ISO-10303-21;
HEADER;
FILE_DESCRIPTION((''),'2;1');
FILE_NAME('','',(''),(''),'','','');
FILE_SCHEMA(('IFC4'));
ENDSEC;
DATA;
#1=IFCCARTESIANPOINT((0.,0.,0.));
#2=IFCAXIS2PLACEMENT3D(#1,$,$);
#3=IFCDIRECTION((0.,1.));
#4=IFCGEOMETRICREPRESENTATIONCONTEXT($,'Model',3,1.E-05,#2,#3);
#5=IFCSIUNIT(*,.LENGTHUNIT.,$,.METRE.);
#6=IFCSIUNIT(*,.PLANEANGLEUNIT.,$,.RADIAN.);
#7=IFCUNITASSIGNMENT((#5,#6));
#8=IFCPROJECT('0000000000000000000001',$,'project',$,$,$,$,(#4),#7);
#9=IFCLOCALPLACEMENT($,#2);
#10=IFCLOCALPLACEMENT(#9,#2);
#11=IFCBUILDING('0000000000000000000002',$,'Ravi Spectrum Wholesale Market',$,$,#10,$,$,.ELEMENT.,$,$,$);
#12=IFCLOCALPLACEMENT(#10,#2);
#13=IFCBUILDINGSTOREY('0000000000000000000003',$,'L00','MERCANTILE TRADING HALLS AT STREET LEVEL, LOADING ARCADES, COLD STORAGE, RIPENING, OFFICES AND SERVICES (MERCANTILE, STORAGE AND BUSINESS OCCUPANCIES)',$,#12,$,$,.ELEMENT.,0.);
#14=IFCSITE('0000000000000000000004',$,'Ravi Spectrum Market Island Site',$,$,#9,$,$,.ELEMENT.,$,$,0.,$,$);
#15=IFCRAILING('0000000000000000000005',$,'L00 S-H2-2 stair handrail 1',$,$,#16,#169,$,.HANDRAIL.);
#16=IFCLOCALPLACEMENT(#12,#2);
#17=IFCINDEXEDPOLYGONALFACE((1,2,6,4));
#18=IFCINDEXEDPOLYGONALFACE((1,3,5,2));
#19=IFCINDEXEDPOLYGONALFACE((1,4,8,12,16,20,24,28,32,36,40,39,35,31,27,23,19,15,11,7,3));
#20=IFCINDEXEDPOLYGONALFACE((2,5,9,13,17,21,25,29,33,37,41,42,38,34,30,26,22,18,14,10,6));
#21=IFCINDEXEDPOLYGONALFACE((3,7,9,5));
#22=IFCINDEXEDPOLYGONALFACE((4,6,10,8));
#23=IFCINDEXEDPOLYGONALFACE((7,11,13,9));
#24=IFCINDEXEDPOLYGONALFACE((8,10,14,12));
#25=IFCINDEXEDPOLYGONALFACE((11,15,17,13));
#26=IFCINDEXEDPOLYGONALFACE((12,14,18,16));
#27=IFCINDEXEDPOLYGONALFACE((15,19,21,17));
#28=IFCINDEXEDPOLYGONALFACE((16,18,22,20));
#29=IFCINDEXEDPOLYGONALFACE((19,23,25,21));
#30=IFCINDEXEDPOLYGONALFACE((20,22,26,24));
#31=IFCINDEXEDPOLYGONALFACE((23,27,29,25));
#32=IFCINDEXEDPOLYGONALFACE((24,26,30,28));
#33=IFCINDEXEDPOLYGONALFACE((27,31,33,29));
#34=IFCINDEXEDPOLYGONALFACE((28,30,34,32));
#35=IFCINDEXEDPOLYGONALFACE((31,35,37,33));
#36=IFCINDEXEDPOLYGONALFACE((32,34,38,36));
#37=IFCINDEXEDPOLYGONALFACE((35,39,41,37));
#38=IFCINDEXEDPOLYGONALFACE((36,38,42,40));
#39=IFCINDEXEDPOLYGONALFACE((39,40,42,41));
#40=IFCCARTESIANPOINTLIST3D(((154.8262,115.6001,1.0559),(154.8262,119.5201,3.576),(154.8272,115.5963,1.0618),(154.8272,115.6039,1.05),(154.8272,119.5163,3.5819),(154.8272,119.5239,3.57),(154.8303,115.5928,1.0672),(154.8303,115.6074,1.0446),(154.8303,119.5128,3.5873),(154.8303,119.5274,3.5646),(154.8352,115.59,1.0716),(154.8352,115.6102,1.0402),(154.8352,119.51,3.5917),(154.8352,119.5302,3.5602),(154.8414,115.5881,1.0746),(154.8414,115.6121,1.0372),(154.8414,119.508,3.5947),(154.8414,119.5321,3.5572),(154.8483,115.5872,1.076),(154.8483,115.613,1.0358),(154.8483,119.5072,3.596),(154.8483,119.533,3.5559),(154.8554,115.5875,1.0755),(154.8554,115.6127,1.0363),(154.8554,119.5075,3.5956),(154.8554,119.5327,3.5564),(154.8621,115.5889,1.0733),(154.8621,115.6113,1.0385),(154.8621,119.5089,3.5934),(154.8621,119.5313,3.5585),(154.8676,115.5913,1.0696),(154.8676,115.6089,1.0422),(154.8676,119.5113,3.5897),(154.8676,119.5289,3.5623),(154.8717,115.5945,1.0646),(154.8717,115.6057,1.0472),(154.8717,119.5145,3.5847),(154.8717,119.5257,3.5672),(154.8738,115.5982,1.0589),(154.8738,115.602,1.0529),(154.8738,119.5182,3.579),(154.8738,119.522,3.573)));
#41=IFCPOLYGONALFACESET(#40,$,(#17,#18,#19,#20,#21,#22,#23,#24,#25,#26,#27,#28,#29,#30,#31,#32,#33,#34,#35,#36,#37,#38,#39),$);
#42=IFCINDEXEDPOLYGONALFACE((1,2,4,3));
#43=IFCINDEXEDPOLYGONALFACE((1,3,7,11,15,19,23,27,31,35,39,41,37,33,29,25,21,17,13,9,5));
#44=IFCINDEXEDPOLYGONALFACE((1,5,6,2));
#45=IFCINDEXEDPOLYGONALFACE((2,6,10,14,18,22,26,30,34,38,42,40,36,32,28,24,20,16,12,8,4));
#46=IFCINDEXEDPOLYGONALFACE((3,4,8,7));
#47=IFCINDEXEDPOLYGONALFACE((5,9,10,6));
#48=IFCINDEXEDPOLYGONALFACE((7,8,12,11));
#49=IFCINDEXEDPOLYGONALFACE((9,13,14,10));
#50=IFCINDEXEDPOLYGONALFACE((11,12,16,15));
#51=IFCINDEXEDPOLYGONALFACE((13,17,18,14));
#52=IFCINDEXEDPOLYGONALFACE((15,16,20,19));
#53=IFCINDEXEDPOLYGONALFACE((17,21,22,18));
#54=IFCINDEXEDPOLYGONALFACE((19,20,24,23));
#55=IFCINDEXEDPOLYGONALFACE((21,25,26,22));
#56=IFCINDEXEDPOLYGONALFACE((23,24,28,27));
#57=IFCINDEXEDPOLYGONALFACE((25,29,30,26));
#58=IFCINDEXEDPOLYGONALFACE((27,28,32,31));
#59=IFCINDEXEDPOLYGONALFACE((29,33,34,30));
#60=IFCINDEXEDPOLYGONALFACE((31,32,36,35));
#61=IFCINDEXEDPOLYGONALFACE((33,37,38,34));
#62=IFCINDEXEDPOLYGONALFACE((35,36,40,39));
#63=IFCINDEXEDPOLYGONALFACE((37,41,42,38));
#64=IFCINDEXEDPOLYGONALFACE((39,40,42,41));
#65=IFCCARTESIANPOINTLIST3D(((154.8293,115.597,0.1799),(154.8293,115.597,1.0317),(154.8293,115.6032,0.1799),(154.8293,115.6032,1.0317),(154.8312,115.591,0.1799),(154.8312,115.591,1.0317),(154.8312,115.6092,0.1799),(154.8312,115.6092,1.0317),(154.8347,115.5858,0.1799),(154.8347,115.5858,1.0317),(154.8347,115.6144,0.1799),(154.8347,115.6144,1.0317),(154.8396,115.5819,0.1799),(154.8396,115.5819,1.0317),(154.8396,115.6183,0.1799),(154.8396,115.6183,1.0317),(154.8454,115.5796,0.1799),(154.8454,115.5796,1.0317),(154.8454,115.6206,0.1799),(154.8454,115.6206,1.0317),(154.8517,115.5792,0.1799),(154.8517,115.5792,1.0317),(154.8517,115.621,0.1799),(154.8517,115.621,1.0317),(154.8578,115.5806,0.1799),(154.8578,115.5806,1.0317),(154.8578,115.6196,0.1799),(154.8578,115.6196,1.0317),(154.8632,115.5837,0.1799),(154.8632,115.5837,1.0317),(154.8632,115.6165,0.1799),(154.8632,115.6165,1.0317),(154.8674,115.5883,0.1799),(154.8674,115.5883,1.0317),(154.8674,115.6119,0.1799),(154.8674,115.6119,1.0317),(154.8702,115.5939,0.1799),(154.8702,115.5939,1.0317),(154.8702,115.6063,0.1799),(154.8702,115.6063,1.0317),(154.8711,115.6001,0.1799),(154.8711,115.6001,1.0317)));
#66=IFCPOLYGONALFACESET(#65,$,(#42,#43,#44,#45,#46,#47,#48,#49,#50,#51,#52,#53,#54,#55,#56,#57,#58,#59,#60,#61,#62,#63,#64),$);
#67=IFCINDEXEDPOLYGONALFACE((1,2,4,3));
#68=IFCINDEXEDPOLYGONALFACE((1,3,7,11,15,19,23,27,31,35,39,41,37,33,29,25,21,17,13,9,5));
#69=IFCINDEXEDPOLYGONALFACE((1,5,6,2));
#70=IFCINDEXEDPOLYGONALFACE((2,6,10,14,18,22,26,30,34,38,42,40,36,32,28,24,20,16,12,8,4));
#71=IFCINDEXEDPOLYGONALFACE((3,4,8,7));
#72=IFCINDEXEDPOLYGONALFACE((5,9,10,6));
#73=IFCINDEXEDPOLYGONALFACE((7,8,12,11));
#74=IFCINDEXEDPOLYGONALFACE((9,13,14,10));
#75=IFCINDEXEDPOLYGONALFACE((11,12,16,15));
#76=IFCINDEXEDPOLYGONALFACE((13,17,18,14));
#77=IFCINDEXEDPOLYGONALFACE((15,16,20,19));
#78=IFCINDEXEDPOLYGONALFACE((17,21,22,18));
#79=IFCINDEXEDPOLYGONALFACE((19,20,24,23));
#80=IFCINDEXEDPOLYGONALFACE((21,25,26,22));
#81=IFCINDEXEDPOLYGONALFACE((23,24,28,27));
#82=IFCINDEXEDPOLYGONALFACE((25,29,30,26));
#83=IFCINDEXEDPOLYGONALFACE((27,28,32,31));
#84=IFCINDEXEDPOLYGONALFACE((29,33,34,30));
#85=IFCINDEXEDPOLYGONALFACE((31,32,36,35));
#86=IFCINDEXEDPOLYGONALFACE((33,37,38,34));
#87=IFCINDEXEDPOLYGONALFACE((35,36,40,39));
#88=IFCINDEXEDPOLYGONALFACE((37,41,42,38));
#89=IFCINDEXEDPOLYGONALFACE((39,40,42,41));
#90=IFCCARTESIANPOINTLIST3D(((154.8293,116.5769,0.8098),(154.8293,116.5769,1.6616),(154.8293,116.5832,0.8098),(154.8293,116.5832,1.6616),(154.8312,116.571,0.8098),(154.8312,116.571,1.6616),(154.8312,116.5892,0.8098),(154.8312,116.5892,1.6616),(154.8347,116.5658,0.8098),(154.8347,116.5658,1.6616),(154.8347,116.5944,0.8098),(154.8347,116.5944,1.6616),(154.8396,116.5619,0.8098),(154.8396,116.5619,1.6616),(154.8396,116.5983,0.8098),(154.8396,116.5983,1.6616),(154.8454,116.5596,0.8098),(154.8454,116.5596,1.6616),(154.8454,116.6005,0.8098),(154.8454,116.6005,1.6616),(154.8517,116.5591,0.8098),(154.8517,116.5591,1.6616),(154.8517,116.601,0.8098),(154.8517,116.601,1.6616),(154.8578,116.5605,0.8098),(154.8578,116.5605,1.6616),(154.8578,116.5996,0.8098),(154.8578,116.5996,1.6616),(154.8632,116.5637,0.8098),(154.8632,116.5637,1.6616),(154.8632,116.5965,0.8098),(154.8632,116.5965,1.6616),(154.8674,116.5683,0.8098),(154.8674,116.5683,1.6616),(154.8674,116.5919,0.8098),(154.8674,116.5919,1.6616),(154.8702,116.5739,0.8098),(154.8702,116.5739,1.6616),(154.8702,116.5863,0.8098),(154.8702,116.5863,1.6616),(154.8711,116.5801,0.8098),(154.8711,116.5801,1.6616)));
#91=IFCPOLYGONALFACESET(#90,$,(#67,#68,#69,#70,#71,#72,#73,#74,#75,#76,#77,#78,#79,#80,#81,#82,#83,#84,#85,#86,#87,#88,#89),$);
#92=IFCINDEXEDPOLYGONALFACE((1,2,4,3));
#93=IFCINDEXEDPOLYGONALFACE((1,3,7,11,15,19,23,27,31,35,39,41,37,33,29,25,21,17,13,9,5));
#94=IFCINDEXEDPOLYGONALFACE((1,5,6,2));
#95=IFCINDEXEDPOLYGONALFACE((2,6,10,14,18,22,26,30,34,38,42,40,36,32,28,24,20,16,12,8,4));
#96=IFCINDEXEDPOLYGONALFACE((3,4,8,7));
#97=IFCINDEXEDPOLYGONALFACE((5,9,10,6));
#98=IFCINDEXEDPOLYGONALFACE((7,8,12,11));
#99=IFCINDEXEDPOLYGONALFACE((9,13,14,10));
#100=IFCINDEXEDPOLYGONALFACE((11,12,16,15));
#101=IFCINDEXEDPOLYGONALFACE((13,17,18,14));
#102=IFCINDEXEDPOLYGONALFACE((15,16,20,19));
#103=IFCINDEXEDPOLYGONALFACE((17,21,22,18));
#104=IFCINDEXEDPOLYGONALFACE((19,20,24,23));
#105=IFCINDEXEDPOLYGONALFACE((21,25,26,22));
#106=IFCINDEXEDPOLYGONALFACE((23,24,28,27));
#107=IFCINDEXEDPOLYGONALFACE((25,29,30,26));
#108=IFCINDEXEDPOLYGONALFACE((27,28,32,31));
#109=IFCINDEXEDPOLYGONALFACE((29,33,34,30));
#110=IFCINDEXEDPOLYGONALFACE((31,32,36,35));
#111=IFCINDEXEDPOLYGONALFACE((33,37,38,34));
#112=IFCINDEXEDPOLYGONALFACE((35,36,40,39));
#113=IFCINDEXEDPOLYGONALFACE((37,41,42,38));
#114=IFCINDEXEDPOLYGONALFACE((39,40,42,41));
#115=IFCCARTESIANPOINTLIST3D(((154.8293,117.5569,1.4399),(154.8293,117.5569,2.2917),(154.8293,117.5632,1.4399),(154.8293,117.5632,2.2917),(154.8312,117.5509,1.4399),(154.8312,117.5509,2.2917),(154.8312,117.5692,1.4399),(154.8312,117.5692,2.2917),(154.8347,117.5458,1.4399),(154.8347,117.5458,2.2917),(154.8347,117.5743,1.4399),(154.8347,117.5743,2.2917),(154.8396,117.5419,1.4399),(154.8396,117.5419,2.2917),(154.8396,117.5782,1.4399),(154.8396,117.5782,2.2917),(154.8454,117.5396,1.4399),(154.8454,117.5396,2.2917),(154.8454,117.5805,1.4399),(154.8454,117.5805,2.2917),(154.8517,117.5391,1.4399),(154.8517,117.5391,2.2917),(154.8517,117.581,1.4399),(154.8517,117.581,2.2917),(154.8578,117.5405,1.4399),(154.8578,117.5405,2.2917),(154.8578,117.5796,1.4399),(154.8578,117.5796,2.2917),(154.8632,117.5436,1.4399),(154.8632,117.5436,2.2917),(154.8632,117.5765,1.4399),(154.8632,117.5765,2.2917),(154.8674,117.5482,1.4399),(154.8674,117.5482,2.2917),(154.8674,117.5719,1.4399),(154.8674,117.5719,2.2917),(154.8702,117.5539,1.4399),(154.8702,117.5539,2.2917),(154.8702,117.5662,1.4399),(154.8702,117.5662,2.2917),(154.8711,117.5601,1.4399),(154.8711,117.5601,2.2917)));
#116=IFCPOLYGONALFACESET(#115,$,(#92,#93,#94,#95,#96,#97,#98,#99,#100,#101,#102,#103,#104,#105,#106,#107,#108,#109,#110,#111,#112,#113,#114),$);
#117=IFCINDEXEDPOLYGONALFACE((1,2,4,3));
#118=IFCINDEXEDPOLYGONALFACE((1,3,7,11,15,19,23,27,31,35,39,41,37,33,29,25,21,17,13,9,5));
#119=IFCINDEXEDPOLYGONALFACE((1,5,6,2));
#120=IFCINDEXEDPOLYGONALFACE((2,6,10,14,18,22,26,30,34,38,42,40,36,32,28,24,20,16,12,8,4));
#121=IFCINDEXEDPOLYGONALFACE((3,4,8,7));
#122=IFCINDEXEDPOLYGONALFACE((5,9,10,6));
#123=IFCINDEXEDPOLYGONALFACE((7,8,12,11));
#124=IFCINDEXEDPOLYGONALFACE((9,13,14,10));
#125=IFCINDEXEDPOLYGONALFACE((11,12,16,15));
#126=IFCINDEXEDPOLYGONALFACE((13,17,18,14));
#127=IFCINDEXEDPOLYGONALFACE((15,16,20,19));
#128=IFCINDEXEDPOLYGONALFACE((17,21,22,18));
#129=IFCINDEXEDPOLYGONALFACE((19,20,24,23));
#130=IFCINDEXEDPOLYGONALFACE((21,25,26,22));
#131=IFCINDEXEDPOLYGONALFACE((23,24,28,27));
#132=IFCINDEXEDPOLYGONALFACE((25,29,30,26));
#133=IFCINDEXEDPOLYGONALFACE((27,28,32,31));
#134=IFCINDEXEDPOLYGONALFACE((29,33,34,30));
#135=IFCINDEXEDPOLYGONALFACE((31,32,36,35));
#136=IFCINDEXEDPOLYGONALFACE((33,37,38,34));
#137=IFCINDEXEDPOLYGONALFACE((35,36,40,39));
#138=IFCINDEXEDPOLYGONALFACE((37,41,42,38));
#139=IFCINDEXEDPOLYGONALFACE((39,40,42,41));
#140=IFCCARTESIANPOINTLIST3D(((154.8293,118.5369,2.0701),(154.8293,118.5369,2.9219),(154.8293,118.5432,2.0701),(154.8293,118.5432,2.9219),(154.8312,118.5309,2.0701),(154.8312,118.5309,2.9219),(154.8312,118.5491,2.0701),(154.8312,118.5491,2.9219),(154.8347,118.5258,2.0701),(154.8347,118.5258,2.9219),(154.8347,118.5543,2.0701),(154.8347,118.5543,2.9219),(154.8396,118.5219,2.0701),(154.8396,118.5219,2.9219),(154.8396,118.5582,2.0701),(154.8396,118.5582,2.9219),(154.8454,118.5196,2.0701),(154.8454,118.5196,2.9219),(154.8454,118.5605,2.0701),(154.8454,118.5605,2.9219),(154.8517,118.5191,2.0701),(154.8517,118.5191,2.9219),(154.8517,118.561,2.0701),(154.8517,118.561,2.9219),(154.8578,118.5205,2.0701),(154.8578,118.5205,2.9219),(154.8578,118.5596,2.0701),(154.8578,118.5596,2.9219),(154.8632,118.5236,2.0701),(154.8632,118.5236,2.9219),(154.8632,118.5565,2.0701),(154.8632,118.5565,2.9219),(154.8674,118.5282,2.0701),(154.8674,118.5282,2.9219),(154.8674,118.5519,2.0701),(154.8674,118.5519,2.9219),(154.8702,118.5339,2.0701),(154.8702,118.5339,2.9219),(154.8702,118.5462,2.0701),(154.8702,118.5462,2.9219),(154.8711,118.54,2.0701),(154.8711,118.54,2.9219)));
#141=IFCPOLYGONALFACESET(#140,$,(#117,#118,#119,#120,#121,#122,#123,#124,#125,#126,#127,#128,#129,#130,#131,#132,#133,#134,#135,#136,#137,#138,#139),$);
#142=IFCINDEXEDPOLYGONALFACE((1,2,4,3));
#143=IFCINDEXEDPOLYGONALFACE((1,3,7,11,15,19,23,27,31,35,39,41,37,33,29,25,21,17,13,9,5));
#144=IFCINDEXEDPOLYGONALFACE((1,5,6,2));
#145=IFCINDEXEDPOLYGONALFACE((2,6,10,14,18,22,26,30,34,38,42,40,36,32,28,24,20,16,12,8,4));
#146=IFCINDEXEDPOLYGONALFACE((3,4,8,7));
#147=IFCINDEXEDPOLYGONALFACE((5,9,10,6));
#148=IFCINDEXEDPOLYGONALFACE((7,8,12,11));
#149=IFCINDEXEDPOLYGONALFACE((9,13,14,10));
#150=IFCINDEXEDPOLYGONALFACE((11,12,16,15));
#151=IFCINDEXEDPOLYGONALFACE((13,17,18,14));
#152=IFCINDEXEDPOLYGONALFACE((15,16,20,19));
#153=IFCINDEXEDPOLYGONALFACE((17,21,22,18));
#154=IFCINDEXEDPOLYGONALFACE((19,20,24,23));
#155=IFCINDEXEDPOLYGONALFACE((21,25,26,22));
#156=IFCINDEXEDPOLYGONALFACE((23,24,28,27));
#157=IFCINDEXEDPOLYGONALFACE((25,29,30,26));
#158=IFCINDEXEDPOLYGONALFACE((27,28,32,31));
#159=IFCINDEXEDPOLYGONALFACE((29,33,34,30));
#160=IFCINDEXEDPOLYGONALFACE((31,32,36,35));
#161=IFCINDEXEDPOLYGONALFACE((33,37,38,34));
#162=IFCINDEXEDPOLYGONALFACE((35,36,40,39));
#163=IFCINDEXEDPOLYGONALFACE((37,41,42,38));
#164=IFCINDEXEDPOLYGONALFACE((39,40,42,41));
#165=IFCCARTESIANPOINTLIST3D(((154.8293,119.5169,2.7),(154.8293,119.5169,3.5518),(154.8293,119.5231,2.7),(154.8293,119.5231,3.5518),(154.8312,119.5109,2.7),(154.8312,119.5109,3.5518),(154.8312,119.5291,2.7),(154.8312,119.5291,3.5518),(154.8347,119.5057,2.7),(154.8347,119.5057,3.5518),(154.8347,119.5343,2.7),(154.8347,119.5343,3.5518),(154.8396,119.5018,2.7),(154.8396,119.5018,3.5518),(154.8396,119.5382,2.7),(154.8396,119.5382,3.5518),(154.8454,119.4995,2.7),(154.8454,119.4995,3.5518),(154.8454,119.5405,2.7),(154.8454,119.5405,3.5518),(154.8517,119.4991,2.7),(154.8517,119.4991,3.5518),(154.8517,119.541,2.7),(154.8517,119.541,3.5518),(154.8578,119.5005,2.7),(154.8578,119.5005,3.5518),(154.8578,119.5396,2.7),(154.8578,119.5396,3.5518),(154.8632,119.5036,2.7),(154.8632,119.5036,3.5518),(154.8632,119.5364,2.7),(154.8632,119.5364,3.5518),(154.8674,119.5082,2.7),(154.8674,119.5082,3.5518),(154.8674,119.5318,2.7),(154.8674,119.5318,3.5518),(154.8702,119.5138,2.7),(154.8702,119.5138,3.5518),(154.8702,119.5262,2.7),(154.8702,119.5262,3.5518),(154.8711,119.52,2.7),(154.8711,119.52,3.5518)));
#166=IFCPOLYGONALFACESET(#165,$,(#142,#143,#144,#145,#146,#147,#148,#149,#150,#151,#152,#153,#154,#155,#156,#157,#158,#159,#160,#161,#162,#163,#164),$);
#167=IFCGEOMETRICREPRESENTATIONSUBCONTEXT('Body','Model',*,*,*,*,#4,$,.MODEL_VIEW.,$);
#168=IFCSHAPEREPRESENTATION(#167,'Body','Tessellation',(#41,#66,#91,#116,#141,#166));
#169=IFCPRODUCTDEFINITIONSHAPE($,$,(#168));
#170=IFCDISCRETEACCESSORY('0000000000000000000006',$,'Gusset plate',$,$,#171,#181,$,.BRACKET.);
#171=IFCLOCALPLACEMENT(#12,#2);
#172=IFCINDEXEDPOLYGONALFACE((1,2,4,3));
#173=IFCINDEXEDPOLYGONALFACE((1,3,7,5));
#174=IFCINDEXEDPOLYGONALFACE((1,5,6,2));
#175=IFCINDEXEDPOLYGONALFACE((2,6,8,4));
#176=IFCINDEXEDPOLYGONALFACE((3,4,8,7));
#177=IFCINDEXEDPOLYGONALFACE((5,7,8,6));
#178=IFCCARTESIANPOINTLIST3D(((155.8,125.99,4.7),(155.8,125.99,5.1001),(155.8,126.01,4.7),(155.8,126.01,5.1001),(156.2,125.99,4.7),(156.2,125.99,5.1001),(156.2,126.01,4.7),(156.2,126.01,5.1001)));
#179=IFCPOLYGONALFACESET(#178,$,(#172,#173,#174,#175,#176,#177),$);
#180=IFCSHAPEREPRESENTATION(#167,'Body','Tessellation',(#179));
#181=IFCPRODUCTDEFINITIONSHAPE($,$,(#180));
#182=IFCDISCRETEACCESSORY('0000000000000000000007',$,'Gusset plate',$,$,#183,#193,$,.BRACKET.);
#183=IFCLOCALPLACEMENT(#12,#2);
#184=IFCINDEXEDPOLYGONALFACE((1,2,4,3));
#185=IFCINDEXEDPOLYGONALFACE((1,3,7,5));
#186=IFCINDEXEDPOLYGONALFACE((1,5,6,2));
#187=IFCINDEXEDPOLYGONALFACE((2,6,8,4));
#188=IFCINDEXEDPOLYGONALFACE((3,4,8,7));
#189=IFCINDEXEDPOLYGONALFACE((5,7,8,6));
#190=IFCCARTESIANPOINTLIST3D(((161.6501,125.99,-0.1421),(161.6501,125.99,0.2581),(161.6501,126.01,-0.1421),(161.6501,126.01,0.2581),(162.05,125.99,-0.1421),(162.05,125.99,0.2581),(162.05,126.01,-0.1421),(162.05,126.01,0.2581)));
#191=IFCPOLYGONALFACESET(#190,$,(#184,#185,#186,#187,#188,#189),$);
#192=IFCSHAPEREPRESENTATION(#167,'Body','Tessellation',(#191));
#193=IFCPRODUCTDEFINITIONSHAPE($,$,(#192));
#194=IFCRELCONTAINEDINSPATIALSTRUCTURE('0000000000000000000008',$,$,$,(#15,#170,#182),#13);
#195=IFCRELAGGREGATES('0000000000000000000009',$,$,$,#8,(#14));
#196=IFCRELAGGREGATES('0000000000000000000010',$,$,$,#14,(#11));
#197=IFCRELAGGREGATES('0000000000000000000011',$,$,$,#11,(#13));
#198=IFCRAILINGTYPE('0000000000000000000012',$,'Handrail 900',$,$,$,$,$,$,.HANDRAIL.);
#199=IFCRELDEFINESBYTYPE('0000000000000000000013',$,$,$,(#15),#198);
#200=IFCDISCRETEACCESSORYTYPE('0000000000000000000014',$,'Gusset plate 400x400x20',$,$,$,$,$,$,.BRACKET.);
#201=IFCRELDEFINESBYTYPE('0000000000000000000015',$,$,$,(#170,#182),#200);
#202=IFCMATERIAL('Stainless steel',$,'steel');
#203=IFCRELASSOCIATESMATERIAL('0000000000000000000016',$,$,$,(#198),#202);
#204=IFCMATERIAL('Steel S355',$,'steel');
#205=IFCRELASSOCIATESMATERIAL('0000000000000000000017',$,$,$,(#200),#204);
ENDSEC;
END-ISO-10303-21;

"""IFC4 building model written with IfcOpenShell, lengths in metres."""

from ifc_helpers import new_model, si_unit, direction, frame, origin, origin_2d, place, context, subcontext, project, spatial, rectangle, circle, extrude, material, material_profile, profile_set, type_object, element, save


model = new_model("IFC4")

# Units and contexts
model_context = context("Model", 3, precision=1e-05, world=origin(), true_north=direction((0.0, 1.0)))
body_context = subcontext(model_context, "Body", "Model", "MODEL_VIEW")
ifc_project = project(units=[si_unit("LENGTHUNIT", "METRE"), si_unit("PLANEANGLEUNIT", "RADIAN")], contexts=[model_context])

# Site, building, storey
site_placement = place(None, origin())
site = spatial("IfcSite", under=ifc_project, at=site_placement, Name="Ravi Spectrum Market Island Site", CompositionType="ELEMENT", RefElevation=0.0)
building_placement = place(site_placement, origin())
building = spatial("IfcBuilding", under=site, at=building_placement, Name="Ravi Spectrum Wholesale Market", CompositionType="ELEMENT")
storey_placement = place(building_placement, origin())
storey = spatial("IfcBuildingStorey", under=building, at=storey_placement, Name="L00", Description="MERCANTILE TRADING HALLS AT STREET LEVEL, LOADING ARCADES, COLD STORAGE, RIPENING, OFFICES AND SERVICES (MERCANTILE, STORAGE AND BUSINESS OCCUPANCIES)", CompositionType="ELEMENT", Elevation=0.0)

# Railing
ifc_material_1 = material(Name="Stainless steel", Category="steel")
railing_type_1 = type_object("IfcRailingType", Name="Handrail 900", PredefinedType="HANDRAIL", material=ifc_material_1)
railing_1_placement = place(storey_placement, frame((154.8501, 115.6001, 0.1799)))
element("IfcRailing", 1, at=railing_1_placement, inside=storey, type_object=railing_type_1, Name="L00 S-H2-2 stair handrail 1", PredefinedType="HANDRAIL", context=body_context, shape_type="SweptSolid", body=[
    extrude(circle(Radius=0.0239, at=origin_2d()), frame((0.0, 0.0, 0.876), z_axis=(0.0, 0.841172, 0.540768), x_axis=(-1.0, 0.0, 0.0)), (0.0, 0.0, 1.0), 4.6602),
    extrude(circle(Radius=0.021, at=origin_2d()), origin(), (0.0, 0.0, 1.0), 0.8518),
    extrude(circle(Radius=0.021, at=origin_2d()), frame((0.0, 0.98, 0.6299)), (0.0, 0.0, 1.0), 0.8518),
    extrude(circle(Radius=0.021, at=origin_2d()), frame((0.0, 1.96, 1.26)), (0.0, 0.0, 1.0), 0.8518),
    extrude(circle(Radius=0.021, at=origin_2d()), frame((0.0, 2.9399, 1.8901)), (0.0, 0.0, 1.0), 0.8518),
    extrude(circle(Radius=0.021, at=origin_2d()), frame((0.0, 3.9199, 2.52)), (0.0, 0.0, 1.0), 0.8518),
])

# Discrete accessories
ifc_material_2 = material(Name="Steel S355", Category="steel")
ifc_material_profile_1 = material_profile(ifc_material_2, rectangle(XDim=0.3999, YDim=0.02, at=origin_2d()))
ifc_profile_set_1 = profile_set([ifc_material_profile_1], Name="Steel S355")
discrete_accessory_type = type_object("IfcDiscreteAccessoryType", Name="Gusset plate 400x400x20", PredefinedType="BRACKET", material=ifc_profile_set_1)
for number, where, z_axis, x_axis, name in (
    (2, (156.0, 126.0, 4.7), (0.0, 0.0, 1.0), (1.0, 0.0, 0.0), "Gusset plate"),
    (3, (161.8501, 126.0, -0.1421), (0.0, 0.0, 1.0), (-1.0, 0.0, 0.0), "Gusset plate"),
):
    element("IfcDiscreteAccessory", number, at=place(storey_placement, frame(where, z_axis=z_axis, x_axis=x_axis)), inside=storey, type_object=discrete_accessory_type, Name=name, PredefinedType="BRACKET", context=body_context, shape_type="SweptSolid", body=[
        extrude(rectangle(XDim=0.3999, YDim=0.02, at=origin_2d()), origin(), (0.0, 0.0, 1.0), 0.4001),
    ])

save(model, "model.ifc")
